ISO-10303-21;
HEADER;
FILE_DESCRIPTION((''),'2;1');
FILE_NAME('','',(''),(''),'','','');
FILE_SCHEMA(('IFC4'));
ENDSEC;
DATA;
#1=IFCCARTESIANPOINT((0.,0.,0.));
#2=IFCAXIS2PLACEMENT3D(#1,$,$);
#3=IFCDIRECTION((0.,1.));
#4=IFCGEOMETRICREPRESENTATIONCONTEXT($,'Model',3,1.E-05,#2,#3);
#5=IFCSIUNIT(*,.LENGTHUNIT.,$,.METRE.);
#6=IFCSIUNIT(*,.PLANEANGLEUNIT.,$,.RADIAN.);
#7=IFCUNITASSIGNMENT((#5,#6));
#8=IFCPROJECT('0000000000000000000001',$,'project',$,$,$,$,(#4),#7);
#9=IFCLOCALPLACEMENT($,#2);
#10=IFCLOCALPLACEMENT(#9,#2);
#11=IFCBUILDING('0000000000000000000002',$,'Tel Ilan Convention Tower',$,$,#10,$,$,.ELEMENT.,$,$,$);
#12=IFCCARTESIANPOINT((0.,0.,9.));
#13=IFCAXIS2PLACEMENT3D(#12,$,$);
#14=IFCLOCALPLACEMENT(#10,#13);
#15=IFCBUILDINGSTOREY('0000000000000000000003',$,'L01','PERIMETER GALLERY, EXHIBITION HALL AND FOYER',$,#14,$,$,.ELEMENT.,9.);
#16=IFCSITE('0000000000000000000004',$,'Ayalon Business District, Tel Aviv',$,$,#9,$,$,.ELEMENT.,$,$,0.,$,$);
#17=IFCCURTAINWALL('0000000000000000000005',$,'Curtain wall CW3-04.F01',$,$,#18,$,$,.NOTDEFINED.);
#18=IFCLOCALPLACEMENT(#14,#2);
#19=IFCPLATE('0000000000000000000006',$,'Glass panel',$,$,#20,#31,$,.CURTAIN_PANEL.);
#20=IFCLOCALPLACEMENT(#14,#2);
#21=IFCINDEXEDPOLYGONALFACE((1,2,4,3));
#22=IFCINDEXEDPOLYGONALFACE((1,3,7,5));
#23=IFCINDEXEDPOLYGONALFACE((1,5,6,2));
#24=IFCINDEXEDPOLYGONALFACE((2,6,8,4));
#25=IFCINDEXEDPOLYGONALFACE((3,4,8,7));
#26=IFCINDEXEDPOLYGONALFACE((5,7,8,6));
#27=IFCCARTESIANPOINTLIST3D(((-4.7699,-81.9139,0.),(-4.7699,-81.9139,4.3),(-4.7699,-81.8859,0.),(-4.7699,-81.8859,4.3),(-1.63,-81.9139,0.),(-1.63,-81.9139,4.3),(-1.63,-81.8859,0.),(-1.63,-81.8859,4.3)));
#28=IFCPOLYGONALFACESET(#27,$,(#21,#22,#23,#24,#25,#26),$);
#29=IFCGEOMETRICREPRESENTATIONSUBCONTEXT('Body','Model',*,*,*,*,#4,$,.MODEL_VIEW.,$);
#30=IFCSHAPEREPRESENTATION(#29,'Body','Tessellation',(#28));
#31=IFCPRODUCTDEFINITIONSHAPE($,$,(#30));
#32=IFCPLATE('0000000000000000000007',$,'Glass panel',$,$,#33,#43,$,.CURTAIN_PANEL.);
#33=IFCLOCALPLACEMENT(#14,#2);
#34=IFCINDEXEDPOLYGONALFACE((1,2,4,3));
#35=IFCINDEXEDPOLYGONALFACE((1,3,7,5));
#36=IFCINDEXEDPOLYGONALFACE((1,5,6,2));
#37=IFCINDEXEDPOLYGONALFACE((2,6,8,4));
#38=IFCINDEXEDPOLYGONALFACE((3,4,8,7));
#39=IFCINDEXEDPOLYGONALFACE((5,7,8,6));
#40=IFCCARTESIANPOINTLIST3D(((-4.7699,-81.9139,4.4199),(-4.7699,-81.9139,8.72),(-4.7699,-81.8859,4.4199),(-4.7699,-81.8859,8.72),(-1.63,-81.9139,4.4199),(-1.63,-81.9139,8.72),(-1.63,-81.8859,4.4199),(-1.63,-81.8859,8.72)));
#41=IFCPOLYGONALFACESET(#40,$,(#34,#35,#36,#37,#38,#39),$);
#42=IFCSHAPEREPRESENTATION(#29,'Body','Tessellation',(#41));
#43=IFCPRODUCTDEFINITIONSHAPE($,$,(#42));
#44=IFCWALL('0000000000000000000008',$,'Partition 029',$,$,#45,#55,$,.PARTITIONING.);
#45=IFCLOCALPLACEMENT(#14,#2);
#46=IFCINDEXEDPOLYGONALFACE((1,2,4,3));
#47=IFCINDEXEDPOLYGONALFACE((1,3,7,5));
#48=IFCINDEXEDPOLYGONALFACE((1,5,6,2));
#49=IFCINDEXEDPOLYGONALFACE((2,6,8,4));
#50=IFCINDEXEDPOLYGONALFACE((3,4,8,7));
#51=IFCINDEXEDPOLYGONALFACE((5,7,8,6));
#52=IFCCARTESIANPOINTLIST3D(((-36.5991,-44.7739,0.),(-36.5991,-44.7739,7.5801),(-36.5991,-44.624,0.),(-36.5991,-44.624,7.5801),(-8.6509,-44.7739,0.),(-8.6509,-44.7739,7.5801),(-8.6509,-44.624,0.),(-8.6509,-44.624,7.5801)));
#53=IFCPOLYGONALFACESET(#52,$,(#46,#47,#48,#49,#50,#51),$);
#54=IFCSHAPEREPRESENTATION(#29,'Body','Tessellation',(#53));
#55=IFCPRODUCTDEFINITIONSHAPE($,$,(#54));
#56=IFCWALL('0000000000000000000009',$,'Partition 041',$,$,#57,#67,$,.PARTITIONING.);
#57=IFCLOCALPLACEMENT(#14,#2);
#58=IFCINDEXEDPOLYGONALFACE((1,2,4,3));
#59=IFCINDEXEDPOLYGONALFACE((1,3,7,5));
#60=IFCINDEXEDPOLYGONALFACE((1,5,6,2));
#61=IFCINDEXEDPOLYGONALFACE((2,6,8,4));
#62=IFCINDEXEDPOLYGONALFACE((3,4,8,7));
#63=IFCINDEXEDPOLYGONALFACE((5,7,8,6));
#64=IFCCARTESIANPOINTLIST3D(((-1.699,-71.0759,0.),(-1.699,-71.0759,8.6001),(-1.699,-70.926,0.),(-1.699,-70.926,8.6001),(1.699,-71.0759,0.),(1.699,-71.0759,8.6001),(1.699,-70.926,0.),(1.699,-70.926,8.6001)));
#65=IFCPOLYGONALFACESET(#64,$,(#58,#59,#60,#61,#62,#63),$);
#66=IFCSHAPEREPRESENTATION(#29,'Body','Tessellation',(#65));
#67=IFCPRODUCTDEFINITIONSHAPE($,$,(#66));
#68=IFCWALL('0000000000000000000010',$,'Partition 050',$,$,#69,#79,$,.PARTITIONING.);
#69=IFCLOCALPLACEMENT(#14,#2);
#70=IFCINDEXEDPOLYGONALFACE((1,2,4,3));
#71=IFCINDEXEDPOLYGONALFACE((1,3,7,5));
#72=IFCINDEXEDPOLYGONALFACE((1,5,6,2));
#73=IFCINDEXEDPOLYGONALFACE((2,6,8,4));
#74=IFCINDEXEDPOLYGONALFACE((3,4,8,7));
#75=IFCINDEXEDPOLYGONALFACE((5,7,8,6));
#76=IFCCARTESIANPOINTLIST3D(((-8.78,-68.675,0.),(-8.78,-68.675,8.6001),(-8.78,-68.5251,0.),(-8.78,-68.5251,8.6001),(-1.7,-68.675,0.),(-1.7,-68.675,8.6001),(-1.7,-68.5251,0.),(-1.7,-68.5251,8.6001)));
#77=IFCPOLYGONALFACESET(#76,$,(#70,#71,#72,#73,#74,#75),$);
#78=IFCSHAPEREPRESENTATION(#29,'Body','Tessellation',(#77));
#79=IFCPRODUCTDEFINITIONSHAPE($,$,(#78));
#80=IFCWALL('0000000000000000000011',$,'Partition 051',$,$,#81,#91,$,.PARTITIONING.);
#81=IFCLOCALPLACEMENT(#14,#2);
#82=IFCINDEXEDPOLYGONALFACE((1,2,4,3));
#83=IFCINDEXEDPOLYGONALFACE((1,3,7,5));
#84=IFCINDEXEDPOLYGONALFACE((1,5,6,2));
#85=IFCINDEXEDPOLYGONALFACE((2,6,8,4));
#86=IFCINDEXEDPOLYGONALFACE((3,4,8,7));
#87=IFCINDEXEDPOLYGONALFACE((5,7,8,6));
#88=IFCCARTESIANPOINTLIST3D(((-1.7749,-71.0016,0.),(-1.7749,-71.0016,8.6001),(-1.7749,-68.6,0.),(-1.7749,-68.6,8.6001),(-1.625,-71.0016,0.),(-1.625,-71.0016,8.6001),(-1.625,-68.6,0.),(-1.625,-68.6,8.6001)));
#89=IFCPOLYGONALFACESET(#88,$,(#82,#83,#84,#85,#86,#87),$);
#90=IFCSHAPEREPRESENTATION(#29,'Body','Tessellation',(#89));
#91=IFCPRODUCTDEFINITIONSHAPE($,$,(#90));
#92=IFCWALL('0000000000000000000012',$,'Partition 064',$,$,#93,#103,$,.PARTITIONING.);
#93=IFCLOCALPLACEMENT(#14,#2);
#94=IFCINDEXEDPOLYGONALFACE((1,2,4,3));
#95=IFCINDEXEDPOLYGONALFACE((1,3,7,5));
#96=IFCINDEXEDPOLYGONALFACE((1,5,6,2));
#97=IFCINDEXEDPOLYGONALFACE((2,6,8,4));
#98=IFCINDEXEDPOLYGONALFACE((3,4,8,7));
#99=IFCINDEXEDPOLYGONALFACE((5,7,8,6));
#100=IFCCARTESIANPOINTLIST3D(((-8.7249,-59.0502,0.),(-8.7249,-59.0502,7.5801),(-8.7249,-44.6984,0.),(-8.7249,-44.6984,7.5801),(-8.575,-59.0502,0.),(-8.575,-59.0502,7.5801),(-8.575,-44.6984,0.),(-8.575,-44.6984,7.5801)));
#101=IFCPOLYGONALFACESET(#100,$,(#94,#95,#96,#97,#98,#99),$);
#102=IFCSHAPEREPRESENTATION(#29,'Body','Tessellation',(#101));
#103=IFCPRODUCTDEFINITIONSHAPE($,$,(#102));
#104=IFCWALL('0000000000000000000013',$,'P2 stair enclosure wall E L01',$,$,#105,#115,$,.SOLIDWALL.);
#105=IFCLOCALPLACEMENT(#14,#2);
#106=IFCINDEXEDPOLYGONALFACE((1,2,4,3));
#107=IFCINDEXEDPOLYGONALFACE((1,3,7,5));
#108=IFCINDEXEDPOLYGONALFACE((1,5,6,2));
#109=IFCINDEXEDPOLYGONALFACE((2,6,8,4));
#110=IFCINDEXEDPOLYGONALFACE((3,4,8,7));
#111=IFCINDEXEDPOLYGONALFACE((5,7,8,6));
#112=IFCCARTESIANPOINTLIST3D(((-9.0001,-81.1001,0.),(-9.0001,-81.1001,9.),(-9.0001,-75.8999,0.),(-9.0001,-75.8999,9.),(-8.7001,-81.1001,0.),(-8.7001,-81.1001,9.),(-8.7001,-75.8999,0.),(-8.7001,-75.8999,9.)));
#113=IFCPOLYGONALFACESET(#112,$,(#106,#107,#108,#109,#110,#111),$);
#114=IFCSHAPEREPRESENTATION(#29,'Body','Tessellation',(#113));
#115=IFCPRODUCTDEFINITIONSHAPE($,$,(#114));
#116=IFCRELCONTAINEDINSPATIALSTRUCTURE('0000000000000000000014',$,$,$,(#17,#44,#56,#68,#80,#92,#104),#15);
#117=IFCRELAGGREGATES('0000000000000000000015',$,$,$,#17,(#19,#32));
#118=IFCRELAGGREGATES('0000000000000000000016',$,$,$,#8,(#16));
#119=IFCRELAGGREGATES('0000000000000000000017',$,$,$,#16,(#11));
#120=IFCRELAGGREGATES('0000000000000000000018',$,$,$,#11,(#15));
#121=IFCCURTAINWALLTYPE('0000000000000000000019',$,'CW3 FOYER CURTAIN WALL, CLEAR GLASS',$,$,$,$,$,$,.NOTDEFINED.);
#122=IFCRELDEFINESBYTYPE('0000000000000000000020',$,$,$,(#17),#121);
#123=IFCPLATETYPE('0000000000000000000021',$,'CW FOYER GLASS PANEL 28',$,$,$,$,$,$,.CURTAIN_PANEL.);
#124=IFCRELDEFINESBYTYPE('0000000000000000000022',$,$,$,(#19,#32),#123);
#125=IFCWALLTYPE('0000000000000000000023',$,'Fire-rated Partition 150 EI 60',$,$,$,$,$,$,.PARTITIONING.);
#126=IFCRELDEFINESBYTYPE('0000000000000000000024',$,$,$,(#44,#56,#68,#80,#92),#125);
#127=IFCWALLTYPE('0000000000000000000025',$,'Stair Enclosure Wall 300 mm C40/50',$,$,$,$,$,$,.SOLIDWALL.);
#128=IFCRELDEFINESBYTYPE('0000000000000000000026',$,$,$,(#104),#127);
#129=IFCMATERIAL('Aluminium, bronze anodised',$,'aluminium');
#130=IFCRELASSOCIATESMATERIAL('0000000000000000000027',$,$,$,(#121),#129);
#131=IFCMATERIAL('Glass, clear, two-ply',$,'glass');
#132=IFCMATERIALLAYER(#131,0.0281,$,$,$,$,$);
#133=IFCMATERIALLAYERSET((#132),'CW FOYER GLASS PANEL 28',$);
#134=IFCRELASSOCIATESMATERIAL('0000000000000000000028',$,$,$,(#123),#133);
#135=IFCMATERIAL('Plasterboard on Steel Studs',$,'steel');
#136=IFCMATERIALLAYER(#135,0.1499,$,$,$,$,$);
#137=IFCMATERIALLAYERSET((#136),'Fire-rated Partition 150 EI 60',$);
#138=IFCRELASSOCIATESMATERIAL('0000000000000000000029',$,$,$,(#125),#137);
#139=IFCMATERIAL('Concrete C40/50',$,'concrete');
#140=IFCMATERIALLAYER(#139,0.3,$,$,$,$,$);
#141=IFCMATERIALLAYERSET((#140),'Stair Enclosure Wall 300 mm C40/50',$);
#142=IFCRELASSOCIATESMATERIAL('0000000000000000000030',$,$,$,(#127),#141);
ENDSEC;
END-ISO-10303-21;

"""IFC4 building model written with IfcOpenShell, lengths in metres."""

from ifc_helpers import new_model, si_unit, direction, frame, frame_2d, origin, origin_2d, place, context, subcontext, project, spatial, rectangle, extrude, material, layer, layer_set, type_object, element, aggregate, save


model = new_model("IFC4")

# Units and contexts
model_context = context("Model", 3, precision=1e-05, world=origin(), true_north=direction((0.0, 1.0)))
body_context = subcontext(model_context, "Body", "Model", "MODEL_VIEW")
ifc_project = project(units=[si_unit("LENGTHUNIT", "METRE"), si_unit("PLANEANGLEUNIT", "RADIAN")], contexts=[model_context])

# Site, building, storey
site_placement = place(None, origin())
site = spatial("IfcSite", under=ifc_project, at=site_placement, Name="Ayalon Business District, Tel Aviv", CompositionType="ELEMENT", RefElevation=0.0)
building_placement = place(site_placement, origin())
building = spatial("IfcBuilding", under=site, at=building_placement, Name="Tel Ilan Convention Tower", CompositionType="ELEMENT")
storey_placement = place(building_placement, frame((0.0, 0.0, 9.0)))
storey = spatial("IfcBuildingStorey", under=building, at=storey_placement, Name="L01", Description="PERIMETER GALLERY, EXHIBITION HALL AND FOYER", CompositionType="ELEMENT", Elevation=9.0)

# Curtain wall
ifc_material_1 = material(Name="Aluminium, bronze anodised", Category="aluminium")
curtain_wall_type = type_object("IfcCurtainWallType", Name="CW3 FOYER CURTAIN WALL, CLEAR GLASS", PredefinedType="NOTDEFINED", material=ifc_material_1)
curtain_wall_placement = place(storey_placement, origin())
curtain_wall = element("IfcCurtainWall", 1, at=curtain_wall_placement, inside=storey, type_object=curtain_wall_type, Name="Curtain wall CW3-04.F01", PredefinedType="NOTDEFINED")

# Plates
ifc_material_2 = material(Name="Glass, clear, two-ply", Category="glass")
ifc_layer_1 = layer(ifc_material_2, 0.0281)
ifc_layer_set_1 = layer_set([ifc_layer_1], Name="CW FOYER GLASS PANEL 28")
plate_type = type_object("IfcPlateType", Name="CW FOYER GLASS PANEL 28", PredefinedType="CURTAIN_PANEL", material=ifc_layer_set_1)
plate_1_placement = place(storey_placement, frame((-3.2, -81.8999, 0.0), z_axis=(0.0, 0.0, 1.0), x_axis=(1.0, 0.0, 0.0)))
plate_1 = element("IfcPlate", 2, at=plate_1_placement, type_object=plate_type, Name="Glass panel", PredefinedType="CURTAIN_PANEL", context=body_context, shape_type="SweptSolid", body=[
    extrude(rectangle(XDim=3.1399, YDim=0.0281, at=origin_2d()), origin(), (0.0, 0.0, 1.0), 4.3),
])
plate_2_placement = place(storey_placement, frame((-3.2, -81.8999, 4.4199), z_axis=(0.0, 0.0, 1.0), x_axis=(1.0, 0.0, 0.0)))
plate_2 = element("IfcPlate", 3, at=plate_2_placement, type_object=plate_type, Name="Glass panel", PredefinedType="CURTAIN_PANEL", context=body_context, shape_type="SweptSolid", body=[
    extrude(rectangle(XDim=3.1399, YDim=0.0281, at=origin_2d()), origin(), (0.0, 0.0, 1.0), 4.3),
])
aggregate(curtain_wall, [plate_1, plate_2])

# Walls
ifc_material_3 = material(Name="Plasterboard on Steel Studs", Category="steel")
ifc_layer_2 = layer(ifc_material_3, 0.1499)
ifc_layer_set_2 = layer_set([ifc_layer_2], Name="Fire-rated Partition 150 EI 60")
wall_type_1 = type_object("IfcWallType", Name="Fire-rated Partition 150 EI 60", PredefinedType="PARTITIONING", material=ifc_layer_set_2)
wall_1_placement = place(storey_placement, frame((-8.6509, -44.699, 0.0), z_axis=(0.0, 0.0, 1.0), x_axis=(-1.0, 0.0, 0.0)))
element("IfcWall", 4, at=wall_1_placement, inside=storey, type_object=wall_type_1, Name="Partition 029", PredefinedType="PARTITIONING", context=body_context, shape_type="SweptSolid", body=[
    extrude(rectangle(XDim=27.9482, YDim=0.1499, at=frame_2d((13.9741, 0.0))), origin(), (0.0, 0.0, 1.0), 7.5801),
])
wall_2_placement = place(storey_placement, frame((-1.699, -71.001, 0.0), z_axis=(0.0, 0.0, 1.0), x_axis=(1.0, 0.0, 0.0)))
element("IfcWall", 5, at=wall_2_placement, inside=storey, type_object=wall_type_1, Name="Partition 041", PredefinedType="PARTITIONING", context=body_context, shape_type="SweptSolid", body=[
    extrude(rectangle(XDim=3.3979, YDim=0.1499, at=frame_2d((1.699, 0.0))), origin(), (0.0, 0.0, 1.0), 8.6001),
])
wall_3_placement = place(storey_placement, frame((-8.78, -68.6001, 0.0), z_axis=(0.0, 0.0, 1.0), x_axis=(1.0, 0.0, 0.0)))
element("IfcWall", 6, at=wall_3_placement, inside=storey, type_object=wall_type_1, Name="Partition 050", PredefinedType="PARTITIONING", context=body_context, shape_type="SweptSolid", body=[
    extrude(rectangle(XDim=7.0801, YDim=0.1499, at=frame_2d((3.54, 0.0))), origin(), (0.0, 0.0, 1.0), 8.6001),
])
wall_4_placement = place(storey_placement, frame((-1.7, -68.6001, 0.0), z_axis=(0.0, 0.0, 1.0), x_axis=(0.0, -1.0, 0.0)))
element("IfcWall", 7, at=wall_4_placement, inside=storey, type_object=wall_type_1, Name="Partition 051", PredefinedType="PARTITIONING", context=body_context, shape_type="SweptSolid", body=[
    extrude(rectangle(XDim=2.4016, YDim=0.1499, at=frame_2d((1.2007, 0.0))), origin(), (0.0, 0.0, 1.0), 8.6001),
])
wall_5_placement = place(storey_placement, frame((-8.6499, -59.05, 0.0), z_axis=(0.0, 0.0, 1.0), x_axis=(0.0, 1.0, 0.0)))
element("IfcWall", 8, at=wall_5_placement, inside=storey, type_object=wall_type_1, Name="Partition 064", PredefinedType="PARTITIONING", context=body_context, shape_type="SweptSolid", body=[
    extrude(rectangle(XDim=14.3518, YDim=0.1499, at=frame_2d((7.1758, 0.0))), origin(), (0.0, 0.0, 1.0), 7.5801),
])
ifc_material_4 = material(Name="Concrete C40/50", Category="concrete")
ifc_layer_3 = layer(ifc_material_4, 0.3)
ifc_layer_set_3 = layer_set([ifc_layer_3], Name="Stair Enclosure Wall 300 mm C40/50")
wall_type_2 = type_object("IfcWallType", Name="Stair Enclosure Wall 300 mm C40/50", PredefinedType="SOLIDWALL", material=ifc_layer_set_3)
wall_6_placement = place(storey_placement, frame((-8.8501, -81.1001, 0.0), z_axis=(0.0, 0.0, 1.0), x_axis=(0.0, 1.0, 0.0)))
element("IfcWall", 9, at=wall_6_placement, inside=storey, type_object=wall_type_2, Name="P2 stair enclosure wall E L01", PredefinedType="SOLIDWALL", context=body_context, shape_type="SweptSolid", body=[
    extrude(rectangle(XDim=5.2002, YDim=0.3, at=frame_2d((2.6001, 0.0))), origin(), (0.0, 0.0, 1.0), 9.0),
])

save(model, "model.ifc")
